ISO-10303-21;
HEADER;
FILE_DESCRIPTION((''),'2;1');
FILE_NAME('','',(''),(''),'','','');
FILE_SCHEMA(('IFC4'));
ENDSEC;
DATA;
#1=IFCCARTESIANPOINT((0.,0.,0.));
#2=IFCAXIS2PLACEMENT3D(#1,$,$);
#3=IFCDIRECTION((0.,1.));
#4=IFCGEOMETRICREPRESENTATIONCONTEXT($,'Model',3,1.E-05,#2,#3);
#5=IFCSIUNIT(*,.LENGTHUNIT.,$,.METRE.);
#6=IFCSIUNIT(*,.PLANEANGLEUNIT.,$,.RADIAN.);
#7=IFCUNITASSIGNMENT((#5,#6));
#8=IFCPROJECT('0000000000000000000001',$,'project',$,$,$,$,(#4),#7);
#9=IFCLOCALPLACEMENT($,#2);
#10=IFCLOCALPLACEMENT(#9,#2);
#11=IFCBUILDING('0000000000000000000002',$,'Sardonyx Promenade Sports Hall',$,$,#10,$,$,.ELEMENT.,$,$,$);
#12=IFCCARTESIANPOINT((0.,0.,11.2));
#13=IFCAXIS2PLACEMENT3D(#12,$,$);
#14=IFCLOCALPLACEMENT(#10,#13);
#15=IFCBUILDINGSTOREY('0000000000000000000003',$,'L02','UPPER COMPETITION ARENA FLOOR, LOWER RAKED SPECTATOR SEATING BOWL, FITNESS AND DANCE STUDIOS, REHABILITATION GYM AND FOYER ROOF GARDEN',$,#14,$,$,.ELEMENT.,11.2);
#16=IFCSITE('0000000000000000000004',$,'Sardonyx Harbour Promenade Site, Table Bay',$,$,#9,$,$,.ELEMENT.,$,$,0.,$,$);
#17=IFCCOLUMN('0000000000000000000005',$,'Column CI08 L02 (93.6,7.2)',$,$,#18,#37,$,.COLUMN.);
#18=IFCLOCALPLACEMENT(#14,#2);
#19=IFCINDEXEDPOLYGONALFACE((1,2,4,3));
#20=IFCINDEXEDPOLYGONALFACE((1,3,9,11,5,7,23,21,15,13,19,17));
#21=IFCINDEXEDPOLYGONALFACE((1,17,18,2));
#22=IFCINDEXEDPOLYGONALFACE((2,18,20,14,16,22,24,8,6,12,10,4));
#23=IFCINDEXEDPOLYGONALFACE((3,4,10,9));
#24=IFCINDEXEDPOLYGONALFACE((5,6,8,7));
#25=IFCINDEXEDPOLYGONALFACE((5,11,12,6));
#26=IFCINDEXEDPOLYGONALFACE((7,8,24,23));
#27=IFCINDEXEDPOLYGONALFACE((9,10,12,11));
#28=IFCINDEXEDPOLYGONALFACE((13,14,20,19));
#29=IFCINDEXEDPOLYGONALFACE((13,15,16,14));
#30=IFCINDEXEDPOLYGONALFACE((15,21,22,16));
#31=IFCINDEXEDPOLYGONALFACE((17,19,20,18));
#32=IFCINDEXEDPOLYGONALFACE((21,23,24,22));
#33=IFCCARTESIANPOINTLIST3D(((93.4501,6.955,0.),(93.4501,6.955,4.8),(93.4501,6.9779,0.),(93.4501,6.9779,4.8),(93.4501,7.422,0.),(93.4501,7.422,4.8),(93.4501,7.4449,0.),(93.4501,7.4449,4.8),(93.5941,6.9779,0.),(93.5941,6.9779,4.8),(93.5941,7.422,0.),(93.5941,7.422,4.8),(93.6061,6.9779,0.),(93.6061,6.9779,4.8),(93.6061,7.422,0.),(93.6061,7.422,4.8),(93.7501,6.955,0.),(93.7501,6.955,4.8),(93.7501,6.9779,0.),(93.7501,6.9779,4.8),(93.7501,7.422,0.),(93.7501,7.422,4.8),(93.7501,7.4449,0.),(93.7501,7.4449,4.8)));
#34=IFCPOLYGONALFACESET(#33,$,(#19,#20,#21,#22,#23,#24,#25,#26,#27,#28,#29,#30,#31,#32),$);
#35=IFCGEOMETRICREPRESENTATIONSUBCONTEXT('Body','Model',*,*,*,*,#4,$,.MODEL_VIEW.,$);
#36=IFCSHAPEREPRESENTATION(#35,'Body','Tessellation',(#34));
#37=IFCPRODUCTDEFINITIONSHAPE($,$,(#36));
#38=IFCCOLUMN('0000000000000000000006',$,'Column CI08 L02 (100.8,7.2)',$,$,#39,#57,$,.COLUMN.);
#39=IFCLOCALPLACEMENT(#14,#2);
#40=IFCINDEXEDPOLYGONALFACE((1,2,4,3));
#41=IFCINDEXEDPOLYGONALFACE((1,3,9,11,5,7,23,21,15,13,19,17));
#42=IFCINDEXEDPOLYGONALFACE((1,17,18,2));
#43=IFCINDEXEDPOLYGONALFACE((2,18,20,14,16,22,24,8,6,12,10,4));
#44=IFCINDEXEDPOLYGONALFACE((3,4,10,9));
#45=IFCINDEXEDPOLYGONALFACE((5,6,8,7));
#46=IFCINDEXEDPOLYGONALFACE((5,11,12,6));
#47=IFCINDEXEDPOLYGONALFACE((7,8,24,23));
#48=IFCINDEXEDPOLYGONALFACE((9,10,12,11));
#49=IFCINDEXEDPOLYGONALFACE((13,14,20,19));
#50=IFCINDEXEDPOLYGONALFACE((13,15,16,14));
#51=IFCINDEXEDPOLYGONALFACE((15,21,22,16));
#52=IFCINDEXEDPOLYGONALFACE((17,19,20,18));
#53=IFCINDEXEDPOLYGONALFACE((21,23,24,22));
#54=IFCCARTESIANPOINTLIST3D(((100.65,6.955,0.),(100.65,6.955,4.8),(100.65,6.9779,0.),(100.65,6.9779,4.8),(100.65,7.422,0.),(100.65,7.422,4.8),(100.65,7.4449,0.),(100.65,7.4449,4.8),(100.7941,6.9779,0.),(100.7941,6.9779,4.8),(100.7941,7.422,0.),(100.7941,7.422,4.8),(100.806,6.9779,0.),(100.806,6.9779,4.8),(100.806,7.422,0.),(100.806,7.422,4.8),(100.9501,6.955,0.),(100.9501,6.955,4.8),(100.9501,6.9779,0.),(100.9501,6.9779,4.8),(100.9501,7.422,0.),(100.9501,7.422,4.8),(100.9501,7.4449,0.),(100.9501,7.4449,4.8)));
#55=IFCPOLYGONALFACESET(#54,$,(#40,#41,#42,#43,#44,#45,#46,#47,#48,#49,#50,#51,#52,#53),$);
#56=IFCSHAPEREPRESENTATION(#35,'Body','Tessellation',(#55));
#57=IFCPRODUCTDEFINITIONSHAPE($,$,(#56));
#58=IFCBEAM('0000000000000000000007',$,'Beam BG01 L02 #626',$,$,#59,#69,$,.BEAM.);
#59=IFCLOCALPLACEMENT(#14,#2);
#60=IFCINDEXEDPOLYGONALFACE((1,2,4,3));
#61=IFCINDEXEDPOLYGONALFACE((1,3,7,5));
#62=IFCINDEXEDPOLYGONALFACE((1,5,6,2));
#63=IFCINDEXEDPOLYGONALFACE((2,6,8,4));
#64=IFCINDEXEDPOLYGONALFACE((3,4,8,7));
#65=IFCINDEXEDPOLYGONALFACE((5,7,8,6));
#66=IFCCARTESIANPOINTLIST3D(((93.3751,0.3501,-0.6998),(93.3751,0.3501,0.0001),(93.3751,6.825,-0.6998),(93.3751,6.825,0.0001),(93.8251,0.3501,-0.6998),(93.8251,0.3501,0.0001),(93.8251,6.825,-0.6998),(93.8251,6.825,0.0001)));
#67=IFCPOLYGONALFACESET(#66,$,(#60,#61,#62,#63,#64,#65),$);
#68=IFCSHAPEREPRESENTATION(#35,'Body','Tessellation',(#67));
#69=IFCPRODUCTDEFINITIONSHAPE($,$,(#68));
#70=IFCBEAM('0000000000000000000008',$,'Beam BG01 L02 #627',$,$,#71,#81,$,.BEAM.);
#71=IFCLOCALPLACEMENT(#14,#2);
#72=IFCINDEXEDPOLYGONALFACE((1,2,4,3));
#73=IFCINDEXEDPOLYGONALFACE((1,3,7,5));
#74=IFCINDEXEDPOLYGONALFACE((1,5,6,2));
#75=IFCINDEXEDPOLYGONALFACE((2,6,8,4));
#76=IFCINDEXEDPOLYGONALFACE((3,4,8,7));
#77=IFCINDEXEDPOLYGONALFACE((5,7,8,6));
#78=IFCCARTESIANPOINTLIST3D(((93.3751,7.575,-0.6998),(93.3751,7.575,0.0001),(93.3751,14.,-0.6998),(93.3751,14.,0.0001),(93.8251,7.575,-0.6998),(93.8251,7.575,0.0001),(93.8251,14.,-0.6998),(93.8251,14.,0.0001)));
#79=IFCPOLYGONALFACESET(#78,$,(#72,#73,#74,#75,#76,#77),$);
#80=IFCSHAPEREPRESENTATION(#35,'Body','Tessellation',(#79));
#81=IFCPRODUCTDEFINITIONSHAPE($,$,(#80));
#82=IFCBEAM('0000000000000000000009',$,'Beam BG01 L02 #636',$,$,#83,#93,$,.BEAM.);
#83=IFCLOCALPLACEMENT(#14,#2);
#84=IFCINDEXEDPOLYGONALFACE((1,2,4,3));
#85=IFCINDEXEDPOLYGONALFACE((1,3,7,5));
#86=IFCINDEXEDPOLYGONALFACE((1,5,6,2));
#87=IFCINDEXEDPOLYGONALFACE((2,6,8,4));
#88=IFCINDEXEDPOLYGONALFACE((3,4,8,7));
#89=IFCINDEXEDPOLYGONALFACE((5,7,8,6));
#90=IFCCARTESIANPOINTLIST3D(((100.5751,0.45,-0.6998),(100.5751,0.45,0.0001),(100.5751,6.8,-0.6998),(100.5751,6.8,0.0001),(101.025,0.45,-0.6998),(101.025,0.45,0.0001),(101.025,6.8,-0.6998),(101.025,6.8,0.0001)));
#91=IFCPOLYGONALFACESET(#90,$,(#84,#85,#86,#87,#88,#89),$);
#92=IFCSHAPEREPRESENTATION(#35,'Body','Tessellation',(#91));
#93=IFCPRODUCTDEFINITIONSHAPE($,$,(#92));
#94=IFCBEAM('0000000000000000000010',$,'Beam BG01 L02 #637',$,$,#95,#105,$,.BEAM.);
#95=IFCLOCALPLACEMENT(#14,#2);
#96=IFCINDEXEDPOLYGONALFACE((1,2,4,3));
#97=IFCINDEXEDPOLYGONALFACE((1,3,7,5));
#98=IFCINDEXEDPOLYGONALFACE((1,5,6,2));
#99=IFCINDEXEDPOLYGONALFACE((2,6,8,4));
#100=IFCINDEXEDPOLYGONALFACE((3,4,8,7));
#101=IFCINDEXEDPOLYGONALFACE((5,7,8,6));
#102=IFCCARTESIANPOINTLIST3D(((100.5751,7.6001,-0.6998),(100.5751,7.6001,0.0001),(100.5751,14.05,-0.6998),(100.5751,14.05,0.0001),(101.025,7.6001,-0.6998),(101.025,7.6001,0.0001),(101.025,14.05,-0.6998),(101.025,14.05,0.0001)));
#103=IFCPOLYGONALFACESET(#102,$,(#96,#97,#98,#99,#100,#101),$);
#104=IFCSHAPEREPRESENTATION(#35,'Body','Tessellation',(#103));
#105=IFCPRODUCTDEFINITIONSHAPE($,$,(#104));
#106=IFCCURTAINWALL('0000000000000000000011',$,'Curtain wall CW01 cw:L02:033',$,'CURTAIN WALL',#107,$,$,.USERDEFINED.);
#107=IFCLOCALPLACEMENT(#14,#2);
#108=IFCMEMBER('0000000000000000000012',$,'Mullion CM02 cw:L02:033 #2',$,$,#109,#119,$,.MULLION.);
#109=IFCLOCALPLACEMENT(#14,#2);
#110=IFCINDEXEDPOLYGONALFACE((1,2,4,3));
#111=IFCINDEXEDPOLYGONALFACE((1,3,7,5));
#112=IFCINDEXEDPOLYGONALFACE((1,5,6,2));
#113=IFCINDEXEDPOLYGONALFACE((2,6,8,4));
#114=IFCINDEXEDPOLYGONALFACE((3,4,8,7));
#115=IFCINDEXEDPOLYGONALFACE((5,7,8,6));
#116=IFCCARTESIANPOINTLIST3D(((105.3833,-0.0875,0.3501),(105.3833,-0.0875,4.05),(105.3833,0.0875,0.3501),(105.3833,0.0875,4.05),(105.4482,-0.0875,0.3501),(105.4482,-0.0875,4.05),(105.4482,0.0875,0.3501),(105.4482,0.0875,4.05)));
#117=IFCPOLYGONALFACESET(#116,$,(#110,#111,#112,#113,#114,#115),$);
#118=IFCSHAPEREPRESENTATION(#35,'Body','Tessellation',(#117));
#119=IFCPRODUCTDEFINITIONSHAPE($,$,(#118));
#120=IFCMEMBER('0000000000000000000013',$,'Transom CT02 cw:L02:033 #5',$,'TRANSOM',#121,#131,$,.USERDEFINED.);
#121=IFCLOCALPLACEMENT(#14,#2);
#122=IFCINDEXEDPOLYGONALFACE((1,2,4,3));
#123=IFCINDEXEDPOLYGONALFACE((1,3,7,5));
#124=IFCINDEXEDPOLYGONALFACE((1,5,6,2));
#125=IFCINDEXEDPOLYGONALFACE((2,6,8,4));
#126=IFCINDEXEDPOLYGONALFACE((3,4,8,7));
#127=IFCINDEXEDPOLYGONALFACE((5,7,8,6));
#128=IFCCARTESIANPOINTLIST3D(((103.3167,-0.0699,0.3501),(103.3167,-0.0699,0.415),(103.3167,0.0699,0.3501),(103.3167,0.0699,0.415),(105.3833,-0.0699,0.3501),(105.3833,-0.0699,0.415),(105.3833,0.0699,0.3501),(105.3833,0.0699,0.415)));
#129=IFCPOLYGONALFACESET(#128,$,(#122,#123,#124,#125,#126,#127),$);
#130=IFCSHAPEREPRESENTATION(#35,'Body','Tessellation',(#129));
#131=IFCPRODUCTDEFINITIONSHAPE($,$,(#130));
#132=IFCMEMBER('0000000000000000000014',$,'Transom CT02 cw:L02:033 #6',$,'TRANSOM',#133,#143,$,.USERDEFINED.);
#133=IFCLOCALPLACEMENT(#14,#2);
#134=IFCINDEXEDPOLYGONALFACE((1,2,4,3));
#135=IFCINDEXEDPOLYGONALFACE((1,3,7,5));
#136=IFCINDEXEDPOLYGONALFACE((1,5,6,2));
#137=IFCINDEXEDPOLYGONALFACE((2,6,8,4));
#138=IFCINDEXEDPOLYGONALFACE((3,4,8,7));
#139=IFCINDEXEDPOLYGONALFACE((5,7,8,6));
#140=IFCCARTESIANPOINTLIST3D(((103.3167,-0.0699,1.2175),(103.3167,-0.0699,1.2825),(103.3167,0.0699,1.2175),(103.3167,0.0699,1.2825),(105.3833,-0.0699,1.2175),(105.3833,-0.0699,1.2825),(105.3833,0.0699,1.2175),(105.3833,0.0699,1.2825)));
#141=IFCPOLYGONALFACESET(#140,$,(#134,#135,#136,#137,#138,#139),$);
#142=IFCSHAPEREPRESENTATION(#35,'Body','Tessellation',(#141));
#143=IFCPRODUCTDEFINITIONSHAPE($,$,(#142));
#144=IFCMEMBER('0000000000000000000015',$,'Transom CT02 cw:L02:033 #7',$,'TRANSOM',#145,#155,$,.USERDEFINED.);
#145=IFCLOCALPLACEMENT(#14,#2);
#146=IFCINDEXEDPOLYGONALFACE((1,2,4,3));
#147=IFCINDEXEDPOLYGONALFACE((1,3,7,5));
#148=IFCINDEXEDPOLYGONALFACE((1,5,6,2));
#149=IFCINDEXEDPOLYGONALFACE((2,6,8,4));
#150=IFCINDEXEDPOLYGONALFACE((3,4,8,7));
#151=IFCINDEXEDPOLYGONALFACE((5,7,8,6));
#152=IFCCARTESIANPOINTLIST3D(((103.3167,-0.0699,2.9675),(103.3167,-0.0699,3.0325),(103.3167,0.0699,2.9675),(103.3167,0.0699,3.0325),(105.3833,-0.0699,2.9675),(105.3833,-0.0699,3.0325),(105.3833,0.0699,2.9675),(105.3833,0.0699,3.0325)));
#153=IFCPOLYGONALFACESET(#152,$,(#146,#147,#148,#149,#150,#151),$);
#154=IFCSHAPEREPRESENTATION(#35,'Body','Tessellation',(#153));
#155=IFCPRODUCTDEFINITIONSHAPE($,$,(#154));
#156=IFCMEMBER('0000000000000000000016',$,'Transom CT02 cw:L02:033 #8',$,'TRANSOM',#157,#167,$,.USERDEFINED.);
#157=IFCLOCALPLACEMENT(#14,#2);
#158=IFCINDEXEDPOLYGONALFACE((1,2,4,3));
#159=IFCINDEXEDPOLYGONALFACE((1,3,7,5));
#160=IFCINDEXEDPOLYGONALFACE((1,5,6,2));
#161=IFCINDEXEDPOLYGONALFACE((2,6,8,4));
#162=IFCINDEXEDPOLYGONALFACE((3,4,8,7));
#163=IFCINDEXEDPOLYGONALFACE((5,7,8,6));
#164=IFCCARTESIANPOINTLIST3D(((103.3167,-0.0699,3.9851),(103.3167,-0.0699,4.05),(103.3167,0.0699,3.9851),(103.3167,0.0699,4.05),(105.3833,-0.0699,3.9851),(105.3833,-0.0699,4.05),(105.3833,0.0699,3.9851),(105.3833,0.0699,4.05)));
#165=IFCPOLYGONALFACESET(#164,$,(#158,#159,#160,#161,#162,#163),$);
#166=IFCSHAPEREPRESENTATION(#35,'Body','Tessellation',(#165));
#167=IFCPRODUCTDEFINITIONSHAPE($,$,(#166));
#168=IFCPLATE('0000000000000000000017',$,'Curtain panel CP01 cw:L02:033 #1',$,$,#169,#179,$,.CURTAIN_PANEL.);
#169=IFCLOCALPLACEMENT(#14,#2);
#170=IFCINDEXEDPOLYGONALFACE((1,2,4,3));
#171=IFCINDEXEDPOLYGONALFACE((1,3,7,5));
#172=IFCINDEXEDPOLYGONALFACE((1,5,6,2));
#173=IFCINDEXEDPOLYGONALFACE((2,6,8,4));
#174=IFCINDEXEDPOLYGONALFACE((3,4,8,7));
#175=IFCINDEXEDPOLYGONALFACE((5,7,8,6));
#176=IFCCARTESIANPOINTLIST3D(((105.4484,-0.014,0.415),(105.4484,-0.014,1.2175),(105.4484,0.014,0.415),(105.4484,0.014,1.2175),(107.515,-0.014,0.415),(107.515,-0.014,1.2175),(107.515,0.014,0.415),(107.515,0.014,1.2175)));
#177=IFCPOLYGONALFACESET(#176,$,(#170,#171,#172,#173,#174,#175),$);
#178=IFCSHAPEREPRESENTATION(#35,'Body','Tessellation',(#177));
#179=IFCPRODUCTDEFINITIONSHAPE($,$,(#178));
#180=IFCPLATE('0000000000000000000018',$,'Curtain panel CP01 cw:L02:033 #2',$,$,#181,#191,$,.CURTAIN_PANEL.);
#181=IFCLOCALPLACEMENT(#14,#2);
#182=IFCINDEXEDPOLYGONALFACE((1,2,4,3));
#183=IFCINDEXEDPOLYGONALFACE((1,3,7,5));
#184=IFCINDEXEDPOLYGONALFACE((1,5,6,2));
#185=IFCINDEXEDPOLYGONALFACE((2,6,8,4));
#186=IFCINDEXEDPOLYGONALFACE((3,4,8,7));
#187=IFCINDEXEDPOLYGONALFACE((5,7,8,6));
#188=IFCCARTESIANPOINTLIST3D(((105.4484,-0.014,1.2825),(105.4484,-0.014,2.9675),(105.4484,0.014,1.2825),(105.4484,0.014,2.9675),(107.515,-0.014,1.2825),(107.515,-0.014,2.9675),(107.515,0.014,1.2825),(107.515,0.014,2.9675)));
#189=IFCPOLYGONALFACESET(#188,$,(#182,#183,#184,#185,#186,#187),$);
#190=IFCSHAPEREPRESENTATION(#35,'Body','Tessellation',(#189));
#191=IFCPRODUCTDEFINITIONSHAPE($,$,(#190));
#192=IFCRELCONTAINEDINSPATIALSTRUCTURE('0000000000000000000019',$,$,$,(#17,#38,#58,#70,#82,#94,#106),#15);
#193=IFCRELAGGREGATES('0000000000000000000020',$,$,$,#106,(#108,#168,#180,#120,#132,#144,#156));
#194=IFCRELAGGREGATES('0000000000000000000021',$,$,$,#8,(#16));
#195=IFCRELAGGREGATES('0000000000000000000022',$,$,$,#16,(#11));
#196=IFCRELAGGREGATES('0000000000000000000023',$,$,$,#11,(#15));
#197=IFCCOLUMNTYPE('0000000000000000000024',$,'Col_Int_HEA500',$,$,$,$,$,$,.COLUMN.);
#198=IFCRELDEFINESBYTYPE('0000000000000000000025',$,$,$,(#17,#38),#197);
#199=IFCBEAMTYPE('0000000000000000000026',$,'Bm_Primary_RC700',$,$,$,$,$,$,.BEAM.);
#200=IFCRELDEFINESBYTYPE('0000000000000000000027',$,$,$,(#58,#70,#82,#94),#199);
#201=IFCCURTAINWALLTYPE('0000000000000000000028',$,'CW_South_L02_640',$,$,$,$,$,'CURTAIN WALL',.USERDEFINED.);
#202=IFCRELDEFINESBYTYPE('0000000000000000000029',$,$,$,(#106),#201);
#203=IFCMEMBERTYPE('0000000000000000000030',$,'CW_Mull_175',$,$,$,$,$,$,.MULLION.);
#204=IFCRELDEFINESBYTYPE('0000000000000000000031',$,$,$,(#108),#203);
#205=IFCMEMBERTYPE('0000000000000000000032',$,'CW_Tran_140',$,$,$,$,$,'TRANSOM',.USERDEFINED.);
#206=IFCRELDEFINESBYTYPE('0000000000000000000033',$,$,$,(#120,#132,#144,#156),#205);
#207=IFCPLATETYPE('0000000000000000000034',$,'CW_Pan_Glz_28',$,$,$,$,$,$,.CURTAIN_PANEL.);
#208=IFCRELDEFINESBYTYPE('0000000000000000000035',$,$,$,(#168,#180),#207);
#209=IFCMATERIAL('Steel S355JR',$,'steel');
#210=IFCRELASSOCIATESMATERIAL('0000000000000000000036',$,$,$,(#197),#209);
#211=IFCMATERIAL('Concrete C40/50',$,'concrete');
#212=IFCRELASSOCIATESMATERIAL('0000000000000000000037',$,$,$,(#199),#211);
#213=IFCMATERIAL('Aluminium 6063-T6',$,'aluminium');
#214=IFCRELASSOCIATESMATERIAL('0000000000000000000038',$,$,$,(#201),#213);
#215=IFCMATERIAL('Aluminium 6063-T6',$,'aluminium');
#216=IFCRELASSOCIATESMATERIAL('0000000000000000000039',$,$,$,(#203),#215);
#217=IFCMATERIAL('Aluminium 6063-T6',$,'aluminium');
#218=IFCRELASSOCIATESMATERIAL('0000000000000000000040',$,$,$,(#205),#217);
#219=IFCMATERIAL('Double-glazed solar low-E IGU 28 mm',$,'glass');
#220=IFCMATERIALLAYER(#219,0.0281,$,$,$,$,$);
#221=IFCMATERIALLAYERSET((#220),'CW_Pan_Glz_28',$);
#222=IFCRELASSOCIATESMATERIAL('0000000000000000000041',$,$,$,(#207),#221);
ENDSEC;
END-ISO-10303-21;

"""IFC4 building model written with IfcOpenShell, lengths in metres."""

from ifc_helpers import new_model, si_unit, direction, frame, origin, origin_2d, place, context, subcontext, project, spatial, rectangle, i_section, extrude, material, layer, layer_set, material_profile, profile_set, type_object, element, aggregate, save


model = new_model("IFC4")

# Units and contexts
model_context = context("Model", 3, precision=1e-05, world=origin(), true_north=direction((0.0, 1.0)))
body_context = subcontext(model_context, "Body", "Model", "MODEL_VIEW")
ifc_project = project(units=[si_unit("LENGTHUNIT", "METRE"), si_unit("PLANEANGLEUNIT", "RADIAN")], contexts=[model_context])

# Site, building, storey
site_placement = place(None, origin())
site = spatial("IfcSite", under=ifc_project, at=site_placement, Name="Sardonyx Harbour Promenade Site, Table Bay", CompositionType="ELEMENT", RefElevation=0.0)
building_placement = place(site_placement, origin())
building = spatial("IfcBuilding", under=site, at=building_placement, Name="Sardonyx Promenade Sports Hall", CompositionType="ELEMENT")
storey_placement = place(building_placement, frame((0.0, 0.0, 11.2)))
storey = spatial("IfcBuildingStorey", under=building, at=storey_placement, Name="L02", Description="UPPER COMPETITION ARENA FLOOR, LOWER RAKED SPECTATOR SEATING BOWL, FITNESS AND DANCE STUDIOS, REHABILITATION GYM AND FOYER ROOF GARDEN", CompositionType="ELEMENT", Elevation=11.2)

# Columns
ifc_material_1 = material(Name="Steel S355JR", Category="steel")
ifc_material_profile_1 = material_profile(ifc_material_1, i_section(OverallWidth=0.3, OverallDepth=0.49, WebThickness=0.012, FlangeThickness=0.0229, at=origin_2d()))
ifc_profile_set_1 = profile_set([ifc_material_profile_1], Name="Steel S355JR")
column_type = type_object("IfcColumnType", Name="Col_Int_HEA500", PredefinedType="COLUMN", material=ifc_profile_set_1)
for number, where, z_axis, x_axis, name in (
    (1, (93.6001, 7.2, 0.0), (0.0, 0.0, 1.0), (1.0, 0.0, 0.0), "Column CI08 L02 (93.6,7.2)"),
    (2, (100.8, 7.2, 0.0), (0.0, 0.0, 1.0), (1.0, 0.0, 0.0), "Column CI08 L02 (100.8,7.2)"),
):
    element("IfcColumn", number, at=place(storey_placement, frame(where, z_axis=z_axis, x_axis=x_axis)), inside=storey, type_object=column_type, Name=name, PredefinedType="COLUMN", context=body_context, shape_type="SweptSolid", body=[
        extrude(i_section(OverallWidth=0.3, OverallDepth=0.49, WebThickness=0.012, FlangeThickness=0.0229, at=origin_2d()), origin(), (0.0, 0.0, 1.0), 4.8),
    ])

# Beams
ifc_material_2 = material(Name="Concrete C40/50", Category="concrete")
ifc_material_profile_2 = material_profile(ifc_material_2, rectangle(XDim=0.45, YDim=0.7, at=origin_2d()))
ifc_profile_set_2 = profile_set([ifc_material_profile_2], Name="Concrete C40/50")
beam_type = type_object("IfcBeamType", Name="Bm_Primary_RC700", PredefinedType="BEAM", material=ifc_profile_set_2)
beam_1_placement = place(storey_placement, frame((93.6001, 0.3501, -0.3499), z_axis=(0.0, 1.0, 0.0), x_axis=(-1.0, 0.0, 0.0)))
element("IfcBeam", 3, at=beam_1_placement, inside=storey, type_object=beam_type, Name="Beam BG01 L02 #626", PredefinedType="BEAM", context=body_context, shape_type="SweptSolid", body=[
    extrude(rectangle(XDim=0.45, YDim=0.7, at=origin_2d()), origin(), (0.0, 0.0, 1.0), 6.4749),
])
beam_2_placement = place(storey_placement, frame((93.6001, 7.575, -0.3499), z_axis=(0.0, 1.0, 0.0), x_axis=(-1.0, 0.0, 0.0)))
element("IfcBeam", 4, at=beam_2_placement, inside=storey, type_object=beam_type, Name="Beam BG01 L02 #627", PredefinedType="BEAM", context=body_context, shape_type="SweptSolid", body=[
    extrude(rectangle(XDim=0.45, YDim=0.7, at=origin_2d()), origin(), (0.0, 0.0, 1.0), 6.425),
])
beam_3_placement = place(storey_placement, frame((100.8, 0.45, -0.3499), z_axis=(0.0, 1.0, 0.0), x_axis=(-1.0, 0.0, 0.0)))
element("IfcBeam", 5, at=beam_3_placement, inside=storey, type_object=beam_type, Name="Beam BG01 L02 #636", PredefinedType="BEAM", context=body_context, shape_type="SweptSolid", body=[
    extrude(rectangle(XDim=0.45, YDim=0.7, at=origin_2d()), origin(), (0.0, 0.0, 1.0), 6.3501),
])
beam_4_placement = place(storey_placement, frame((100.8, 7.6001, -0.3499), z_axis=(0.0, 1.0, 0.0), x_axis=(-1.0, 0.0, 0.0)))
element("IfcBeam", 6, at=beam_4_placement, inside=storey, type_object=beam_type, Name="Beam BG01 L02 #637", PredefinedType="BEAM", context=body_context, shape_type="SweptSolid", body=[
    extrude(rectangle(XDim=0.45, YDim=0.7, at=origin_2d()), origin(), (0.0, 0.0, 1.0), 6.45),
])

# Curtain wall, members, plates
ifc_material_3 = material(Name="Aluminium 6063-T6", Category="aluminium")
curtain_wall_type = type_object("IfcCurtainWallType", Name="CW_South_L02_640", ElementType="CURTAIN WALL", PredefinedType="USERDEFINED", material=ifc_material_3)
curtain_wall_placement = place(storey_placement, origin())
curtain_wall = element("IfcCurtainWall", 7, at=curtain_wall_placement, inside=storey, type_object=curtain_wall_type, Name="Curtain wall CW01 cw:L02:033", ObjectType="CURTAIN WALL", PredefinedType="USERDEFINED")
ifc_material_4 = material(Name="Aluminium 6063-T6", Category="aluminium")
ifc_material_profile_3 = material_profile(ifc_material_4, rectangle(XDim=0.0649, YDim=0.175, at=origin_2d()))
ifc_profile_set_3 = profile_set([ifc_material_profile_3], Name="Aluminium 6063-T6")
member_type_1 = type_object("IfcMemberType", Name="CW_Mull_175", PredefinedType="MULLION", material=ifc_profile_set_3)
member_1_placement = place(storey_placement, frame((105.4158, 0.0, 0.3501), z_axis=(0.0, 0.0, 1.0), x_axis=(-1.0, 0.0, 0.0)))
member_1 = element("IfcMember", 8, at=member_1_placement, type_object=member_type_1, Name="Mullion CM02 cw:L02:033 #2", PredefinedType="MULLION", context=body_context, shape_type="SweptSolid", body=[
    extrude(rectangle(XDim=0.0649, YDim=0.175, at=origin_2d()), origin(), (0.0, 0.0, 1.0), 3.7),
])
ifc_material_5 = material(Name="Aluminium 6063-T6", Category="aluminium")
ifc_material_profile_4 = material_profile(ifc_material_5, rectangle(XDim=0.0649, YDim=0.1399, at=origin_2d()))
ifc_profile_set_4 = profile_set([ifc_material_profile_4], Name="Aluminium 6063-T6")
member_type_2 = type_object("IfcMemberType", Name="CW_Tran_140", ElementType="TRANSOM", PredefinedType="USERDEFINED", material=ifc_profile_set_4)
member_2_placement = place(storey_placement, frame((105.3833, 0.0, 0.3826), z_axis=(-1.0, 0.0, 0.0), x_axis=(0.0, 0.0, 1.0)))
member_2 = element("IfcMember", 9, at=member_2_placement, type_object=member_type_2, Name="Transom CT02 cw:L02:033 #5", ObjectType="TRANSOM", PredefinedType="USERDEFINED", context=body_context, shape_type="SweptSolid", body=[
    extrude(rectangle(XDim=0.0649, YDim=0.1399, at=origin_2d()), origin(), (0.0, 0.0, 1.0), 2.0667),
])
member_3_placement = place(storey_placement, frame((105.3833, 0.0, 1.25), z_axis=(-1.0, 0.0, 0.0), x_axis=(0.0, 0.0, 1.0)))
member_3 = element("IfcMember", 10, at=member_3_placement, type_object=member_type_2, Name="Transom CT02 cw:L02:033 #6", ObjectType="TRANSOM", PredefinedType="USERDEFINED", context=body_context, shape_type="SweptSolid", body=[
    extrude(rectangle(XDim=0.0649, YDim=0.1399, at=origin_2d()), origin(), (0.0, 0.0, 1.0), 2.0667),
])
member_4_placement = place(storey_placement, frame((105.3833, 0.0, 3.0), z_axis=(-1.0, 0.0, 0.0), x_axis=(0.0, 0.0, 1.0)))
member_4 = element("IfcMember", 11, at=member_4_placement, type_object=member_type_2, Name="Transom CT02 cw:L02:033 #7", ObjectType="TRANSOM", PredefinedType="USERDEFINED", context=body_context, shape_type="SweptSolid", body=[
    extrude(rectangle(XDim=0.0649, YDim=0.1399, at=origin_2d()), origin(), (0.0, 0.0, 1.0), 2.0667),
])
member_5_placement = place(storey_placement, frame((105.3833, 0.0, 4.0176), z_axis=(-1.0, 0.0, 0.0), x_axis=(0.0, 0.0, 1.0)))
member_5 = element("IfcMember", 12, at=member_5_placement, type_object=member_type_2, Name="Transom CT02 cw:L02:033 #8", ObjectType="TRANSOM", PredefinedType="USERDEFINED", context=body_context, shape_type="SweptSolid", body=[
    extrude(rectangle(XDim=0.0649, YDim=0.1399, at=origin_2d()), origin(), (0.0, 0.0, 1.0), 2.0667),
])
ifc_material_6 = material(Name="Double-glazed solar low-E IGU 28 mm", Category="glass")
ifc_layer_1 = layer(ifc_material_6, 0.0281)
ifc_layer_set_1 = layer_set([ifc_layer_1], Name="CW_Pan_Glz_28")
plate_type = type_object("IfcPlateType", Name="CW_Pan_Glz_28", PredefinedType="CURTAIN_PANEL", material=ifc_layer_set_1)
plate_1_placement = place(storey_placement, frame((106.4817, 0.0, 0.415), z_axis=(0.0, 0.0, 1.0), x_axis=(-1.0, 0.0, 0.0)))
plate_1 = element("IfcPlate", 13, at=plate_1_placement, type_object=plate_type, Name="Curtain panel CP01 cw:L02:033 #1", PredefinedType="CURTAIN_PANEL", context=body_context, shape_type="SweptSolid", body=[
    extrude(rectangle(XDim=2.0667, YDim=0.0281, at=origin_2d()), origin(), (0.0, 0.0, 1.0), 0.8025),
])
plate_2_placement = place(storey_placement, frame((106.4817, 0.0, 1.2825), z_axis=(0.0, 0.0, 1.0), x_axis=(-1.0, 0.0, 0.0)))
plate_2 = element("IfcPlate", 14, at=plate_2_placement, type_object=plate_type, Name="Curtain panel CP01 cw:L02:033 #2", PredefinedType="CURTAIN_PANEL", context=body_context, shape_type="SweptSolid", body=[
    extrude(rectangle(XDim=2.0667, YDim=0.0281, at=origin_2d()), origin(), (0.0, 0.0, 1.0), 1.6851),
])
aggregate(curtain_wall, [member_1, plate_1, plate_2, member_2, member_3, member_4, member_5])

save(model, "model.ifc")
